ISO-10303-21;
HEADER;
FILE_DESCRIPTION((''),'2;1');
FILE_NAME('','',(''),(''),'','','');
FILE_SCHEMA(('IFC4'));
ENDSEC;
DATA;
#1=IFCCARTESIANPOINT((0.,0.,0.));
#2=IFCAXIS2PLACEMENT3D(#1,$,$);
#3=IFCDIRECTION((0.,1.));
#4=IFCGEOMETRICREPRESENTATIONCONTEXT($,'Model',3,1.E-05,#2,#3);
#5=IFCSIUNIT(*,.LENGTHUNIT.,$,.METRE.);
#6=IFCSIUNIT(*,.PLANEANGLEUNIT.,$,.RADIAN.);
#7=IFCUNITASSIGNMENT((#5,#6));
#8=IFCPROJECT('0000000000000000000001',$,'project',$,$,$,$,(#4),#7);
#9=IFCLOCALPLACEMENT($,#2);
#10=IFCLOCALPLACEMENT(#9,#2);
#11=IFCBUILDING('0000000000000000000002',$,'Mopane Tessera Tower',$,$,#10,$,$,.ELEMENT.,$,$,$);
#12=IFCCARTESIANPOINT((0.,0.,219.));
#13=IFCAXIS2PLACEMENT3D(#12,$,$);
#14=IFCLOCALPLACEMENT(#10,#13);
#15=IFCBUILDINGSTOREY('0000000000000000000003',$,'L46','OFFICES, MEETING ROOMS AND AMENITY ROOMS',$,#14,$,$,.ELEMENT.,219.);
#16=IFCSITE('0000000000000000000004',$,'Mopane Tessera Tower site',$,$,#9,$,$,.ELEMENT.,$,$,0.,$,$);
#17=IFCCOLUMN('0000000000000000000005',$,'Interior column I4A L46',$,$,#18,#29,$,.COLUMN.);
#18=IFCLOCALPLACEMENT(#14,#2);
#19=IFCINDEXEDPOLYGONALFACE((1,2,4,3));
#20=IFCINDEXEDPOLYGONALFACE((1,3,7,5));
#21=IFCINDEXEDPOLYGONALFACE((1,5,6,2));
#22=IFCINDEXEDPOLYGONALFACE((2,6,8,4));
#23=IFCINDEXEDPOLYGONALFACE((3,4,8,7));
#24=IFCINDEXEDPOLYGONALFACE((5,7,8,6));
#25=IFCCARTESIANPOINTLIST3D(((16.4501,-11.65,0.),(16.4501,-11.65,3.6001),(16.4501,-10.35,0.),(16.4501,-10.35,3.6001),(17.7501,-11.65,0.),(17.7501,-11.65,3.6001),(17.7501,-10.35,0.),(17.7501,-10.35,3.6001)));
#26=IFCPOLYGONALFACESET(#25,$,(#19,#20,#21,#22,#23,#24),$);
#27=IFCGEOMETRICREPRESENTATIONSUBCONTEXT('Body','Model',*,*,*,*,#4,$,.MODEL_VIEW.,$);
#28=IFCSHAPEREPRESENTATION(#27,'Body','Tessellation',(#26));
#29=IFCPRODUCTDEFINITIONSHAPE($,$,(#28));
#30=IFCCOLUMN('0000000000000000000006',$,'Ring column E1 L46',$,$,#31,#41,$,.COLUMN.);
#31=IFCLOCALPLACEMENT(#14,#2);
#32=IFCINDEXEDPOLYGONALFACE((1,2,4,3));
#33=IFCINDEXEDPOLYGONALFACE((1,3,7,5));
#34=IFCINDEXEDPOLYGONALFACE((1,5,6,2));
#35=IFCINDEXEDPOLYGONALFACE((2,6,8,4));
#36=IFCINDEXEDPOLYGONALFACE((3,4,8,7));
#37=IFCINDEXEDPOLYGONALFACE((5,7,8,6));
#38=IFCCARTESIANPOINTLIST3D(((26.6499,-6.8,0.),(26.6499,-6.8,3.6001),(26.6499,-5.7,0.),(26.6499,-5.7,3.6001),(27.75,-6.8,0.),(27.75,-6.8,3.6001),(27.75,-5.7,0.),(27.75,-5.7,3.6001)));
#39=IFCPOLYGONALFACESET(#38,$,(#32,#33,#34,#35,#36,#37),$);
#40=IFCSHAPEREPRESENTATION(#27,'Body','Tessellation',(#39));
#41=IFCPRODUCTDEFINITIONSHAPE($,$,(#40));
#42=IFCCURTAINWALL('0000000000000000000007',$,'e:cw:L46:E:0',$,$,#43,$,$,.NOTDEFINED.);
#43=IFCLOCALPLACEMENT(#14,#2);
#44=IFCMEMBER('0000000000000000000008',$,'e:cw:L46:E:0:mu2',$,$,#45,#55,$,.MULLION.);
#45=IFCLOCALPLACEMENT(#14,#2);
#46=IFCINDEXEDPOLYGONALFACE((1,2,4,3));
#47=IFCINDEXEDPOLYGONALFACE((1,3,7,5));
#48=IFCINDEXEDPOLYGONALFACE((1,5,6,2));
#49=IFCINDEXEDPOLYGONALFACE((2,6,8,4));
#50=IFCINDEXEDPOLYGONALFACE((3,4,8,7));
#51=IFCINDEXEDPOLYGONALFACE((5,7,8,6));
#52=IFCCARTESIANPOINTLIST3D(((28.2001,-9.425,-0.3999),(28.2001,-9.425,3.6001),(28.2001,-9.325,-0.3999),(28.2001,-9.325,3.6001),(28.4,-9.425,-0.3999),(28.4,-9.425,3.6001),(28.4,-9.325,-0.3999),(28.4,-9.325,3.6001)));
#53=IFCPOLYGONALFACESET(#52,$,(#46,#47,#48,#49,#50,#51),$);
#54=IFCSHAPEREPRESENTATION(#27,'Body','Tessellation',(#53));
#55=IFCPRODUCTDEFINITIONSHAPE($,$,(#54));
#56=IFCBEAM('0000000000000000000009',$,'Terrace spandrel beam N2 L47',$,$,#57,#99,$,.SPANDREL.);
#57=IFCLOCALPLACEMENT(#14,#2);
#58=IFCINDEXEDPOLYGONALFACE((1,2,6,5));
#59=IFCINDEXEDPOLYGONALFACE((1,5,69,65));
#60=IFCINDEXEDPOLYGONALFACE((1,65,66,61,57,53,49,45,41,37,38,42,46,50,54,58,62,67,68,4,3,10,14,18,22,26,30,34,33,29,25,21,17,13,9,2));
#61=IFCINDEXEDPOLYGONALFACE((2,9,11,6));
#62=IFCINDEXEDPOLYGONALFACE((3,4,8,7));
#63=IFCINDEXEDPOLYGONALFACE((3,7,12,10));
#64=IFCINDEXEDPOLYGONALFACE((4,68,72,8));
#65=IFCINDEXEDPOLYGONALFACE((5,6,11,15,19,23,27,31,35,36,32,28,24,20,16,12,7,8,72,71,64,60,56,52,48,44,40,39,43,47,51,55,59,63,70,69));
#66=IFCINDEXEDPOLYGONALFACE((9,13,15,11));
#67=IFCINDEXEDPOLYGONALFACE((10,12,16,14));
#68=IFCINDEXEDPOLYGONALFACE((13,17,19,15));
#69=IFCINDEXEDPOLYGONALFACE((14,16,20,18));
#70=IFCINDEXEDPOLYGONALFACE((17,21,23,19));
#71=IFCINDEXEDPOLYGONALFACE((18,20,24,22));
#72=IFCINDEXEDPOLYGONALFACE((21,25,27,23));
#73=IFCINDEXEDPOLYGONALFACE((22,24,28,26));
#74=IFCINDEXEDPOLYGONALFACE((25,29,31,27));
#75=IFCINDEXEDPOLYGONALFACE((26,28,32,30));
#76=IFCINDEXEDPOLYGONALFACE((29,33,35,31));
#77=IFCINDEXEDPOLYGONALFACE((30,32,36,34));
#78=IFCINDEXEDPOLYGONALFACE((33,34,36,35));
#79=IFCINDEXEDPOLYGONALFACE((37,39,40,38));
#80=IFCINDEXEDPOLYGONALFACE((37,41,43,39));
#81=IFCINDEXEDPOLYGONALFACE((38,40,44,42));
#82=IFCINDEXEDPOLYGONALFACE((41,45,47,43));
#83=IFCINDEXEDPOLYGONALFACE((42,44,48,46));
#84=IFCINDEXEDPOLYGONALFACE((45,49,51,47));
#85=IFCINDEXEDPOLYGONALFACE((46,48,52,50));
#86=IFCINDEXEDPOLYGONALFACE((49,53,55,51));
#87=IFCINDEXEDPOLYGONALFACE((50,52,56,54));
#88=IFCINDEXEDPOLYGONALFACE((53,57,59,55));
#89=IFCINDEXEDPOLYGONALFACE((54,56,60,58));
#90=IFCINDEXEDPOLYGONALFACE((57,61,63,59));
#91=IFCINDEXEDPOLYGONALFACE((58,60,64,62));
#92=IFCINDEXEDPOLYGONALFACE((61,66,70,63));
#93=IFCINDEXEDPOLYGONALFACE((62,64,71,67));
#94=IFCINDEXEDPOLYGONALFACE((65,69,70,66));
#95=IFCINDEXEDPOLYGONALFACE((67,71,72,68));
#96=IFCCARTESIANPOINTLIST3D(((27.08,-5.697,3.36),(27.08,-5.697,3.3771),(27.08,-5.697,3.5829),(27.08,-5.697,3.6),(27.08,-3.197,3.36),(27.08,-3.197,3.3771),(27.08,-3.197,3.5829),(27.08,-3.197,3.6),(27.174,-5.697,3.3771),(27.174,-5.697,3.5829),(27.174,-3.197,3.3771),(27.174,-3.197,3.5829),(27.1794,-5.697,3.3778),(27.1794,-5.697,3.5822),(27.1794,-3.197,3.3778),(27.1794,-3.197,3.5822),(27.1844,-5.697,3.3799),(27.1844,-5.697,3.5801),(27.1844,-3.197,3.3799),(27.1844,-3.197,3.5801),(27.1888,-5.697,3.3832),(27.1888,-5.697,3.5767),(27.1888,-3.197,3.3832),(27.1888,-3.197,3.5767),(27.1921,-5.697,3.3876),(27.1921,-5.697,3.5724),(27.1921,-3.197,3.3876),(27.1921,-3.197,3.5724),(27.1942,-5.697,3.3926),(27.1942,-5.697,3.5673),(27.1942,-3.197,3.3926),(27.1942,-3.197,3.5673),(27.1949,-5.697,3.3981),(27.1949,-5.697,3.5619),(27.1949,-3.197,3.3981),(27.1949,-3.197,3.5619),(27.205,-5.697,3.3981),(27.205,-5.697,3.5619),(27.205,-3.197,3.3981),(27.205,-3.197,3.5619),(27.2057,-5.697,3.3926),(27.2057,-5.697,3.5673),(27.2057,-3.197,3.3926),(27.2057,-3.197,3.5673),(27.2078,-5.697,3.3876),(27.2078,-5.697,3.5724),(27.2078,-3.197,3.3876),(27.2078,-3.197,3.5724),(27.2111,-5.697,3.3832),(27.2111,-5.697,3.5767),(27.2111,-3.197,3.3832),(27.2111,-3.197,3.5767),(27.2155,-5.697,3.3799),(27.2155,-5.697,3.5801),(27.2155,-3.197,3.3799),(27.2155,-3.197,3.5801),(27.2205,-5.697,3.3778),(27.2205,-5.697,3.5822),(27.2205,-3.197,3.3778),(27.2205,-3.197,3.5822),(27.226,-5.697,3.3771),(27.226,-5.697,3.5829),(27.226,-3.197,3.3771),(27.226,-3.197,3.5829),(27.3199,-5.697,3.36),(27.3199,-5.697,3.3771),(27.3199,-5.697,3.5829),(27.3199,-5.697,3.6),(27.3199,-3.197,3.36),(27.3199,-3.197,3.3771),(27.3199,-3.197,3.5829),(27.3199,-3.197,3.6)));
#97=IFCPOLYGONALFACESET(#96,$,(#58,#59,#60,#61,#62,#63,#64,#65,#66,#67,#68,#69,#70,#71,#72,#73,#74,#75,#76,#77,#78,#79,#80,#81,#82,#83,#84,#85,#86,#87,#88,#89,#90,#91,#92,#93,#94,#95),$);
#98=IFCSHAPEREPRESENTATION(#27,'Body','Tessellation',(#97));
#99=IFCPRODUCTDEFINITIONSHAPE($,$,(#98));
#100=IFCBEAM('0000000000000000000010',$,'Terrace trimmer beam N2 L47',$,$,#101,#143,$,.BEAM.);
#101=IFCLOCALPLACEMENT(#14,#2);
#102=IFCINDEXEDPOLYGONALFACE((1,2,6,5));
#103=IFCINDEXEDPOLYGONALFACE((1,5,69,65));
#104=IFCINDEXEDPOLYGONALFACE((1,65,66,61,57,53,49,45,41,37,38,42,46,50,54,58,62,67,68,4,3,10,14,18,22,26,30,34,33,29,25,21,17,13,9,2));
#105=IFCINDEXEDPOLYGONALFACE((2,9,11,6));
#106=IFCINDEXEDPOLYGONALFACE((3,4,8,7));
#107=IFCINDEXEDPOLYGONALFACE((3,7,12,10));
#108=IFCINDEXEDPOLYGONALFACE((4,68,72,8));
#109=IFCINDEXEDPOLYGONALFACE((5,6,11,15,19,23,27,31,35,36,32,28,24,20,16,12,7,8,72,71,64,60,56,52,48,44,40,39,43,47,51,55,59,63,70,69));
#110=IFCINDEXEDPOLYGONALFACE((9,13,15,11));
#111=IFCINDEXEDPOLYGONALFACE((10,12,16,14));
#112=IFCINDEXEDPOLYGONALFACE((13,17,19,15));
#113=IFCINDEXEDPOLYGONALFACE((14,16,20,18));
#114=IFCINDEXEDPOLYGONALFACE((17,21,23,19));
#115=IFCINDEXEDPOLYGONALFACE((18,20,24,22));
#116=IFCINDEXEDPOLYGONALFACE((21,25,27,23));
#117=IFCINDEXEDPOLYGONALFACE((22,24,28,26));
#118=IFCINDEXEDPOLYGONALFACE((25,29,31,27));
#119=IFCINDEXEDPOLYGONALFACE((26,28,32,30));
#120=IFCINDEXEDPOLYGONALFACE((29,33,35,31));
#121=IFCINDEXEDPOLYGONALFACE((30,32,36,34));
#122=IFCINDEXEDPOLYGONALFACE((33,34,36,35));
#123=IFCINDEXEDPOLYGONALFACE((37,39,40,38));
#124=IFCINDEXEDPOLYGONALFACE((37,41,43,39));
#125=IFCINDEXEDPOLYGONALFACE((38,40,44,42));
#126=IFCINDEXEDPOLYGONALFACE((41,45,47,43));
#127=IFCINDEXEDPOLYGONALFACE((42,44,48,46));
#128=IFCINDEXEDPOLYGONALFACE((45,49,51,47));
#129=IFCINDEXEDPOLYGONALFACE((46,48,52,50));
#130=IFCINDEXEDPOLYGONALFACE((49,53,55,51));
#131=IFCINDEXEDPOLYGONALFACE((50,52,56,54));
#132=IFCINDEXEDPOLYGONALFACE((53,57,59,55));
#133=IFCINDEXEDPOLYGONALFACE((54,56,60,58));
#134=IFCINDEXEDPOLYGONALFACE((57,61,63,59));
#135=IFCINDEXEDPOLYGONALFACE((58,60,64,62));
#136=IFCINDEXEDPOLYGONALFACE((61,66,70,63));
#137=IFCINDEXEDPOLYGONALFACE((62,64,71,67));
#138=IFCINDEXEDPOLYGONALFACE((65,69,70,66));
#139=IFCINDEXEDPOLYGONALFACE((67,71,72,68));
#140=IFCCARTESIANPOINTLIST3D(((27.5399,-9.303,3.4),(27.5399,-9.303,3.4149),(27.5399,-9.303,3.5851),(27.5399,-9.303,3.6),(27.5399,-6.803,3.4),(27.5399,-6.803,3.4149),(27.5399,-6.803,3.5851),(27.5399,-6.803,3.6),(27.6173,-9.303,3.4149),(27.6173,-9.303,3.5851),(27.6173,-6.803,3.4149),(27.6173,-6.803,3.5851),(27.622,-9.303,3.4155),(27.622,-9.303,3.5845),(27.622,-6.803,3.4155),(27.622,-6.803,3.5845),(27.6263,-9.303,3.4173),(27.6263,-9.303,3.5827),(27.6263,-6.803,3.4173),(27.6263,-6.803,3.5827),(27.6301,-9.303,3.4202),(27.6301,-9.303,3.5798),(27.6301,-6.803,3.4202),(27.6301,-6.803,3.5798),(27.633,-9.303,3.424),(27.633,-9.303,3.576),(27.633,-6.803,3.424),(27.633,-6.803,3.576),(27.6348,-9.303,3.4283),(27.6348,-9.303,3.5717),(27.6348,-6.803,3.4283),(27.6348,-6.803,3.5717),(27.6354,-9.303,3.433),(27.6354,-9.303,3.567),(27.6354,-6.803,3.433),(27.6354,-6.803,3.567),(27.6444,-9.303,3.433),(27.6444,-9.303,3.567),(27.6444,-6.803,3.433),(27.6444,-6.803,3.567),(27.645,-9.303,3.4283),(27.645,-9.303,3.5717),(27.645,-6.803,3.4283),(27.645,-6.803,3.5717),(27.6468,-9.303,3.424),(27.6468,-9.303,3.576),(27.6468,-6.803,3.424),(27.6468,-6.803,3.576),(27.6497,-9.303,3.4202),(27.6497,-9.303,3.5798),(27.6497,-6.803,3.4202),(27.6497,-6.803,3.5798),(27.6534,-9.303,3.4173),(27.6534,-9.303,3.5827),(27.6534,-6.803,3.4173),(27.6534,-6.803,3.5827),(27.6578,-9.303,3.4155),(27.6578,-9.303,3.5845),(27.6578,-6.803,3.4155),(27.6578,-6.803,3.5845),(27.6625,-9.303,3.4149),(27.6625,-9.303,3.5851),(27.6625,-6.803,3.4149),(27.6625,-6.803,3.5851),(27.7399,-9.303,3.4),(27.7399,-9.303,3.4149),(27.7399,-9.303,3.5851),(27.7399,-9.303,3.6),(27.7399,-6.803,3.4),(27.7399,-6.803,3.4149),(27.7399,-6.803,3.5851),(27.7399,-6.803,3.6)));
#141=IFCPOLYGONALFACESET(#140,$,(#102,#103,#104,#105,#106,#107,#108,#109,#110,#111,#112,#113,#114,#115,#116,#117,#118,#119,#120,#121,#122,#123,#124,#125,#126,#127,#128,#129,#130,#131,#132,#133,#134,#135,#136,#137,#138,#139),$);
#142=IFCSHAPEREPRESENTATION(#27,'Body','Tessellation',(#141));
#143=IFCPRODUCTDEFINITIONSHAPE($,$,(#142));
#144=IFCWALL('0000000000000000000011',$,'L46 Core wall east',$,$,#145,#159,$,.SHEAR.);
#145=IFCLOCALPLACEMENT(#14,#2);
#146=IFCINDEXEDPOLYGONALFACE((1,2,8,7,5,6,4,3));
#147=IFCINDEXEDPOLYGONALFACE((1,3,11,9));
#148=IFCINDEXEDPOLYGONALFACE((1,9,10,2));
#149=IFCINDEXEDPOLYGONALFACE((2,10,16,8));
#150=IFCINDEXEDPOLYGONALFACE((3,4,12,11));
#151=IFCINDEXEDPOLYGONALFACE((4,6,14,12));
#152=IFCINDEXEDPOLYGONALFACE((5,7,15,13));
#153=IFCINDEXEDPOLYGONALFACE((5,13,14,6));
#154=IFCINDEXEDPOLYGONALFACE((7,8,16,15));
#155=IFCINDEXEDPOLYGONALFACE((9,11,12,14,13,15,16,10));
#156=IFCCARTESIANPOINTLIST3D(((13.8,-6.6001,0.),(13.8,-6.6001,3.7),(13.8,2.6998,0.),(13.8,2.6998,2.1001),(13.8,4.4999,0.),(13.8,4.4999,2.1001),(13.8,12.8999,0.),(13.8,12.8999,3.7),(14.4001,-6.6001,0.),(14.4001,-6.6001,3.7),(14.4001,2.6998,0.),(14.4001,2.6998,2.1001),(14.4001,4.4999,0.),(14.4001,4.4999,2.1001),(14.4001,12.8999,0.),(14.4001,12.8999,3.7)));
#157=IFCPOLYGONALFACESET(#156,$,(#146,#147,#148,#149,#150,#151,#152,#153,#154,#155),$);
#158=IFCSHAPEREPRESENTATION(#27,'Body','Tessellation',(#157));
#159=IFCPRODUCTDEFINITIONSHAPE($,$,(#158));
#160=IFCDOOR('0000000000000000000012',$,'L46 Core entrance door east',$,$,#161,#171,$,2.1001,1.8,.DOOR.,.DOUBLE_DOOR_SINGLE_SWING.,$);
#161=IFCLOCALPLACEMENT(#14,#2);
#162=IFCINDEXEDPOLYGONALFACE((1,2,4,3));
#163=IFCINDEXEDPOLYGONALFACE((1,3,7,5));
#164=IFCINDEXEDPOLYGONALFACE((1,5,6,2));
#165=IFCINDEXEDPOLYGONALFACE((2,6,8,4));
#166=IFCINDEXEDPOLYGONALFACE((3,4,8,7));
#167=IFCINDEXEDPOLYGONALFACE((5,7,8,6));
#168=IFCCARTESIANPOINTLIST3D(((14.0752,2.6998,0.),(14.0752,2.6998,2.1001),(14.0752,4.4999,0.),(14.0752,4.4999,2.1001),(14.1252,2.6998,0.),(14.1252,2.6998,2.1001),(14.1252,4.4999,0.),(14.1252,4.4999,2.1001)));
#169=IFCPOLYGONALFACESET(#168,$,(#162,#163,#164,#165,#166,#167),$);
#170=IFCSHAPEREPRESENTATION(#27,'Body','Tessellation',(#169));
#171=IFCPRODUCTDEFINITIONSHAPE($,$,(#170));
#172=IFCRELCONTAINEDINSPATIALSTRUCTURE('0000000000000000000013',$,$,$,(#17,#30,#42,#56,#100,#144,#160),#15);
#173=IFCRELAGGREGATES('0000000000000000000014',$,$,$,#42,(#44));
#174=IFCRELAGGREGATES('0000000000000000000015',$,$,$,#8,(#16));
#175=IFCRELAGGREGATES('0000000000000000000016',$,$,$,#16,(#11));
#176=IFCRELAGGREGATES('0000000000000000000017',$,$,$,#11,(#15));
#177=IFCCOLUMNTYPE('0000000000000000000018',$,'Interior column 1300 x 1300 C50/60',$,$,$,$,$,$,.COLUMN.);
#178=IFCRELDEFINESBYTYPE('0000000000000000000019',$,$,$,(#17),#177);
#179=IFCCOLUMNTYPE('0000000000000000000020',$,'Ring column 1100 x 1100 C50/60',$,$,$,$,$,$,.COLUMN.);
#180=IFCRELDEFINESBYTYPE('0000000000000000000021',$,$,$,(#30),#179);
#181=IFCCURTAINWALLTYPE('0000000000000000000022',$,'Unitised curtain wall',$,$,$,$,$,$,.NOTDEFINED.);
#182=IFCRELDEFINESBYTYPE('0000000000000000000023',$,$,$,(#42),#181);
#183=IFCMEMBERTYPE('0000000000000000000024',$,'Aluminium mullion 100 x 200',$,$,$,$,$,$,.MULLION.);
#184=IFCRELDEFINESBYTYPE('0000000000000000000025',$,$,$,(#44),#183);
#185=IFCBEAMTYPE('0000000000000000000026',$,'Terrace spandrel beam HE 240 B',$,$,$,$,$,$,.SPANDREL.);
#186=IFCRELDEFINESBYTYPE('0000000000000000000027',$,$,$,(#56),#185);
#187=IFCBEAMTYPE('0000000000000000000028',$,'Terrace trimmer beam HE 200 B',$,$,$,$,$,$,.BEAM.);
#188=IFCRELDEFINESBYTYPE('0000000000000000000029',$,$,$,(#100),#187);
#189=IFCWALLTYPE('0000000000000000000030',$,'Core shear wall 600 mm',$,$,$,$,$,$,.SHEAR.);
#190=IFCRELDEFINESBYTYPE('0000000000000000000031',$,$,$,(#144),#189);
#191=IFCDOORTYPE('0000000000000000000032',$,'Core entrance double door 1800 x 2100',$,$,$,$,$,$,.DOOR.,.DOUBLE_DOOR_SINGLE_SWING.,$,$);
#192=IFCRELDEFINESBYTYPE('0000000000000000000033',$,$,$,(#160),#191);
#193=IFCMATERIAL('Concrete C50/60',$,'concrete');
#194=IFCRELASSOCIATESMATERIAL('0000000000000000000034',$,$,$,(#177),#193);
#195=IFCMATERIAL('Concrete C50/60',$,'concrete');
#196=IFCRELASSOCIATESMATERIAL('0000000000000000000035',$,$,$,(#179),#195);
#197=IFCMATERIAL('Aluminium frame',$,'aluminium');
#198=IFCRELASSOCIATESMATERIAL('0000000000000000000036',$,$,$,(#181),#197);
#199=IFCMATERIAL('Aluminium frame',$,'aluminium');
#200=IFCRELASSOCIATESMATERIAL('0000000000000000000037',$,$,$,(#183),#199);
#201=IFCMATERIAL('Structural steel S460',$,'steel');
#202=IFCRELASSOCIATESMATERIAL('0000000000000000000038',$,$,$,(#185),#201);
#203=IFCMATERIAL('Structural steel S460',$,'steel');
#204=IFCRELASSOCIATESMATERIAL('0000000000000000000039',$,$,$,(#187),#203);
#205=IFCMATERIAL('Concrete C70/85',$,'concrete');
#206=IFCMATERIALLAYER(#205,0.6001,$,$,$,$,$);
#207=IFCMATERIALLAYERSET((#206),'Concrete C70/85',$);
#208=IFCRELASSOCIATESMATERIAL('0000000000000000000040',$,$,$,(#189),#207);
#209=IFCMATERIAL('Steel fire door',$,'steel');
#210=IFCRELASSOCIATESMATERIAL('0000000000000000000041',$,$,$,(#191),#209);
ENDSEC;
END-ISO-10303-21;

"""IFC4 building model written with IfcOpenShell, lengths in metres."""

from ifc_helpers import new_model, si_unit, direction, frame, frame_2d, origin, origin_2d, place, context, subcontext, project, spatial, rectangle, i_section, extrude, material, layer, layer_set, material_profile, profile_set, type_object, element, fill, aggregate, save


model = new_model("IFC4")

# Units and contexts
model_context = context("Model", 3, precision=1e-05, world=origin(), true_north=direction((0.0, 1.0)))
body_context = subcontext(model_context, "Body", "Model", "MODEL_VIEW")
ifc_project = project(units=[si_unit("LENGTHUNIT", "METRE"), si_unit("PLANEANGLEUNIT", "RADIAN")], contexts=[model_context])

# Site, building, storey
site_placement = place(None, origin())
site = spatial("IfcSite", under=ifc_project, at=site_placement, Name="Mopane Tessera Tower site", CompositionType="ELEMENT", RefElevation=0.0)
building_placement = place(site_placement, origin())
building = spatial("IfcBuilding", under=site, at=building_placement, Name="Mopane Tessera Tower", CompositionType="ELEMENT")
storey_placement = place(building_placement, frame((0.0, 0.0, 219.0)))
storey = spatial("IfcBuildingStorey", under=building, at=storey_placement, Name="L46", Description="OFFICES, MEETING ROOMS AND AMENITY ROOMS", CompositionType="ELEMENT", Elevation=219.0)

# Columns
ifc_material_1 = material(Name="Concrete C50/60", Category="concrete")
ifc_material_profile_1 = material_profile(ifc_material_1, rectangle(XDim=1.3, YDim=1.3, at=origin_2d()))
ifc_profile_set_1 = profile_set([ifc_material_profile_1], Name="Concrete C50/60")
column_type_1 = type_object("IfcColumnType", Name="Interior column 1300 x 1300 C50/60", PredefinedType="COLUMN", material=ifc_profile_set_1)
column_1_placement = place(storey_placement, frame((17.1001, -11.0, 0.0), z_axis=(0.0, 0.0, 1.0), x_axis=(1.0, 0.0, 0.0)))
element("IfcColumn", 1, at=column_1_placement, inside=storey, type_object=column_type_1, Name="Interior column I4A L46", PredefinedType="COLUMN", context=body_context, shape_type="SweptSolid", body=[
    extrude(rectangle(XDim=1.3, YDim=1.3, at=origin_2d()), origin(), (0.0, 0.0, 1.0), 3.6001),
])
ifc_material_2 = material(Name="Concrete C50/60", Category="concrete")
ifc_material_profile_2 = material_profile(ifc_material_2, rectangle(XDim=1.1001, YDim=1.1001, at=origin_2d()))
ifc_profile_set_2 = profile_set([ifc_material_profile_2], Name="Concrete C50/60")
column_type_2 = type_object("IfcColumnType", Name="Ring column 1100 x 1100 C50/60", PredefinedType="COLUMN", material=ifc_profile_set_2)
column_2_placement = place(storey_placement, frame((27.2, -6.25, 0.0), z_axis=(0.0, 0.0, 1.0), x_axis=(1.0, 0.0, 0.0)))
element("IfcColumn", 2, at=column_2_placement, inside=storey, type_object=column_type_2, Name="Ring column E1 L46", PredefinedType="COLUMN", context=body_context, shape_type="SweptSolid", body=[
    extrude(rectangle(XDim=1.1001, YDim=1.1001, at=origin_2d()), origin(), (0.0, 0.0, 1.0), 3.6001),
])

# Curtain wall, member
ifc_material_3 = material(Name="Aluminium frame", Category="aluminium")
curtain_wall_type = type_object("IfcCurtainWallType", Name="Unitised curtain wall", PredefinedType="NOTDEFINED", material=ifc_material_3)
curtain_wall_placement = place(storey_placement, origin())
curtain_wall = element("IfcCurtainWall", 3, at=curtain_wall_placement, inside=storey, type_object=curtain_wall_type, Name="e:cw:L46:E:0", PredefinedType="NOTDEFINED")
ifc_material_4 = material(Name="Aluminium frame", Category="aluminium")
ifc_material_profile_3 = material_profile(ifc_material_4, rectangle(XDim=0.1001, YDim=0.2, at=origin_2d()))
ifc_profile_set_3 = profile_set([ifc_material_profile_3], Name="Aluminium frame")
member_type = type_object("IfcMemberType", Name="Aluminium mullion 100 x 200", PredefinedType="MULLION", material=ifc_profile_set_3)
member_placement = place(storey_placement, frame((28.3, -9.375, -0.3999), z_axis=(0.0, 0.0, 1.0), x_axis=(0.0, 1.0, 0.0)))
member = element("IfcMember", 4, at=member_placement, type_object=member_type, Name="e:cw:L46:E:0:mu2", PredefinedType="MULLION", context=body_context, shape_type="SweptSolid", body=[
    extrude(rectangle(XDim=0.1001, YDim=0.2, at=origin_2d()), origin(), (0.0, 0.0, 1.0), 4.0),
])
aggregate(curtain_wall, [member])

# Beams
ifc_material_5 = material(Name="Structural steel S460", Category="steel")
ifc_material_profile_4 = material_profile(ifc_material_5, i_section(OverallWidth=0.24, OverallDepth=0.24, WebThickness=0.01, FlangeThickness=0.0171, FilletRadius=0.021, at=origin_2d()))
ifc_profile_set_4 = profile_set([ifc_material_profile_4], Name="Structural steel S460")
beam_type_1 = type_object("IfcBeamType", Name="Terrace spandrel beam HE 240 B", PredefinedType="SPANDREL", material=ifc_profile_set_4)
beam_1_placement = place(storey_placement, frame((27.2, -5.697, 3.48), z_axis=(0.0, 1.0, 0.0), x_axis=(-1.0, 0.0, 0.0)))
element("IfcBeam", 5, at=beam_1_placement, inside=storey, type_object=beam_type_1, Name="Terrace spandrel beam N2 L47", PredefinedType="SPANDREL", context=body_context, shape_type="SweptSolid", body=[
    extrude(i_section(OverallWidth=0.24, OverallDepth=0.24, WebThickness=0.01, FlangeThickness=0.0171, FilletRadius=0.021, at=origin_2d()), origin(), (0.0, 0.0, 1.0), 2.5),
])
ifc_material_6 = material(Name="Structural steel S460", Category="steel")
ifc_material_profile_5 = material_profile(ifc_material_6, i_section(OverallWidth=0.2, OverallDepth=0.2, WebThickness=0.009, FlangeThickness=0.0149, FilletRadius=0.0181, at=origin_2d()))
ifc_profile_set_5 = profile_set([ifc_material_profile_5], Name="Structural steel S460")
beam_type_2 = type_object("IfcBeamType", Name="Terrace trimmer beam HE 200 B", PredefinedType="BEAM", material=ifc_profile_set_5)
beam_2_placement = place(storey_placement, frame((27.6399, -6.803, 3.5), z_axis=(0.0, -1.0, 0.0), x_axis=(1.0, 0.0, 0.0)))
element("IfcBeam", 6, at=beam_2_placement, inside=storey, type_object=beam_type_2, Name="Terrace trimmer beam N2 L47", PredefinedType="BEAM", context=body_context, shape_type="SweptSolid", body=[
    extrude(i_section(OverallWidth=0.2, OverallDepth=0.2, WebThickness=0.009, FlangeThickness=0.0149, FilletRadius=0.0181, at=origin_2d()), origin(), (0.0, 0.0, 1.0), 2.5),
])

# Wall, opening, door
ifc_material_7 = material(Name="Concrete C70/85", Category="concrete")
ifc_layer_1 = layer(ifc_material_7, 0.6001)
ifc_layer_set_1 = layer_set([ifc_layer_1], Name="Concrete C70/85")
wall_type_1 = type_object("IfcWallType", Name="Core shear wall 600 mm", PredefinedType="SHEAR", material=ifc_layer_set_1)
wall_1_placement = place(storey_placement, frame((14.1001, -6.6001, 0.0), z_axis=(0.0, 0.0, 1.0), x_axis=(0.0, 1.0, 0.0)))
wall_1 = element("IfcWall", 7, at=wall_1_placement, inside=storey, type_object=wall_type_1, Name="L46 Core wall east", PredefinedType="SHEAR", context=body_context, shape_type="SweptSolid", body=[
    extrude(rectangle(XDim=19.5, YDim=0.6001, at=frame_2d((9.75, 0.0))), origin(), (0.0, 0.0, 1.0), 3.7),
])
opening_1_placement = place(wall_1_placement, frame((9.3, 0.0, 0.0)))
opening_1 = element("IfcOpeningElement", 8, at=opening_1_placement, cuts=wall_1, PredefinedType="OPENING", context=body_context, shape_type="SweptSolid", body=[
    extrude(rectangle(XDim=1.8, YDim=2.1001, at=frame_2d((0.8999, 1.05))), frame((0.0, 0.312, 0.0), z_axis=(0.0, -1.0, 0.0), x_axis=(1.0, 0.0, 0.0)), (0.0, 0.0, 1.0), 0.624),
])
ifc_material_8 = material(Name="Steel fire door", Category="steel")
door_type_1 = type_object("IfcDoorType", Name="Core entrance double door 1800 x 2100", OperationType="DOUBLE_DOOR_SINGLE_SWING", PredefinedType="DOOR", material=ifc_material_8)
door_1_placement = place(opening_1_placement, origin())
door_1 = element("IfcDoor", 9, at=door_1_placement, inside=storey, type_object=door_type_1, Name="L46 Core entrance door east", OperationType="DOUBLE_DOOR_SINGLE_SWING", OverallHeight=2.1001, OverallWidth=1.8, PredefinedType="DOOR", context=body_context, shape_type="SweptSolid", body=[
    extrude(rectangle(XDim=1.8, YDim=2.1001, at=frame_2d((0.8999, 1.05))), frame((0.0, 0.0249, 0.0), z_axis=(0.0, -1.0, 0.0), x_axis=(1.0, 0.0, 0.0)), (0.0, 0.0, 1.0), 0.05),
])
fill(opening_1, door_1)

save(model, "model.ifc")
